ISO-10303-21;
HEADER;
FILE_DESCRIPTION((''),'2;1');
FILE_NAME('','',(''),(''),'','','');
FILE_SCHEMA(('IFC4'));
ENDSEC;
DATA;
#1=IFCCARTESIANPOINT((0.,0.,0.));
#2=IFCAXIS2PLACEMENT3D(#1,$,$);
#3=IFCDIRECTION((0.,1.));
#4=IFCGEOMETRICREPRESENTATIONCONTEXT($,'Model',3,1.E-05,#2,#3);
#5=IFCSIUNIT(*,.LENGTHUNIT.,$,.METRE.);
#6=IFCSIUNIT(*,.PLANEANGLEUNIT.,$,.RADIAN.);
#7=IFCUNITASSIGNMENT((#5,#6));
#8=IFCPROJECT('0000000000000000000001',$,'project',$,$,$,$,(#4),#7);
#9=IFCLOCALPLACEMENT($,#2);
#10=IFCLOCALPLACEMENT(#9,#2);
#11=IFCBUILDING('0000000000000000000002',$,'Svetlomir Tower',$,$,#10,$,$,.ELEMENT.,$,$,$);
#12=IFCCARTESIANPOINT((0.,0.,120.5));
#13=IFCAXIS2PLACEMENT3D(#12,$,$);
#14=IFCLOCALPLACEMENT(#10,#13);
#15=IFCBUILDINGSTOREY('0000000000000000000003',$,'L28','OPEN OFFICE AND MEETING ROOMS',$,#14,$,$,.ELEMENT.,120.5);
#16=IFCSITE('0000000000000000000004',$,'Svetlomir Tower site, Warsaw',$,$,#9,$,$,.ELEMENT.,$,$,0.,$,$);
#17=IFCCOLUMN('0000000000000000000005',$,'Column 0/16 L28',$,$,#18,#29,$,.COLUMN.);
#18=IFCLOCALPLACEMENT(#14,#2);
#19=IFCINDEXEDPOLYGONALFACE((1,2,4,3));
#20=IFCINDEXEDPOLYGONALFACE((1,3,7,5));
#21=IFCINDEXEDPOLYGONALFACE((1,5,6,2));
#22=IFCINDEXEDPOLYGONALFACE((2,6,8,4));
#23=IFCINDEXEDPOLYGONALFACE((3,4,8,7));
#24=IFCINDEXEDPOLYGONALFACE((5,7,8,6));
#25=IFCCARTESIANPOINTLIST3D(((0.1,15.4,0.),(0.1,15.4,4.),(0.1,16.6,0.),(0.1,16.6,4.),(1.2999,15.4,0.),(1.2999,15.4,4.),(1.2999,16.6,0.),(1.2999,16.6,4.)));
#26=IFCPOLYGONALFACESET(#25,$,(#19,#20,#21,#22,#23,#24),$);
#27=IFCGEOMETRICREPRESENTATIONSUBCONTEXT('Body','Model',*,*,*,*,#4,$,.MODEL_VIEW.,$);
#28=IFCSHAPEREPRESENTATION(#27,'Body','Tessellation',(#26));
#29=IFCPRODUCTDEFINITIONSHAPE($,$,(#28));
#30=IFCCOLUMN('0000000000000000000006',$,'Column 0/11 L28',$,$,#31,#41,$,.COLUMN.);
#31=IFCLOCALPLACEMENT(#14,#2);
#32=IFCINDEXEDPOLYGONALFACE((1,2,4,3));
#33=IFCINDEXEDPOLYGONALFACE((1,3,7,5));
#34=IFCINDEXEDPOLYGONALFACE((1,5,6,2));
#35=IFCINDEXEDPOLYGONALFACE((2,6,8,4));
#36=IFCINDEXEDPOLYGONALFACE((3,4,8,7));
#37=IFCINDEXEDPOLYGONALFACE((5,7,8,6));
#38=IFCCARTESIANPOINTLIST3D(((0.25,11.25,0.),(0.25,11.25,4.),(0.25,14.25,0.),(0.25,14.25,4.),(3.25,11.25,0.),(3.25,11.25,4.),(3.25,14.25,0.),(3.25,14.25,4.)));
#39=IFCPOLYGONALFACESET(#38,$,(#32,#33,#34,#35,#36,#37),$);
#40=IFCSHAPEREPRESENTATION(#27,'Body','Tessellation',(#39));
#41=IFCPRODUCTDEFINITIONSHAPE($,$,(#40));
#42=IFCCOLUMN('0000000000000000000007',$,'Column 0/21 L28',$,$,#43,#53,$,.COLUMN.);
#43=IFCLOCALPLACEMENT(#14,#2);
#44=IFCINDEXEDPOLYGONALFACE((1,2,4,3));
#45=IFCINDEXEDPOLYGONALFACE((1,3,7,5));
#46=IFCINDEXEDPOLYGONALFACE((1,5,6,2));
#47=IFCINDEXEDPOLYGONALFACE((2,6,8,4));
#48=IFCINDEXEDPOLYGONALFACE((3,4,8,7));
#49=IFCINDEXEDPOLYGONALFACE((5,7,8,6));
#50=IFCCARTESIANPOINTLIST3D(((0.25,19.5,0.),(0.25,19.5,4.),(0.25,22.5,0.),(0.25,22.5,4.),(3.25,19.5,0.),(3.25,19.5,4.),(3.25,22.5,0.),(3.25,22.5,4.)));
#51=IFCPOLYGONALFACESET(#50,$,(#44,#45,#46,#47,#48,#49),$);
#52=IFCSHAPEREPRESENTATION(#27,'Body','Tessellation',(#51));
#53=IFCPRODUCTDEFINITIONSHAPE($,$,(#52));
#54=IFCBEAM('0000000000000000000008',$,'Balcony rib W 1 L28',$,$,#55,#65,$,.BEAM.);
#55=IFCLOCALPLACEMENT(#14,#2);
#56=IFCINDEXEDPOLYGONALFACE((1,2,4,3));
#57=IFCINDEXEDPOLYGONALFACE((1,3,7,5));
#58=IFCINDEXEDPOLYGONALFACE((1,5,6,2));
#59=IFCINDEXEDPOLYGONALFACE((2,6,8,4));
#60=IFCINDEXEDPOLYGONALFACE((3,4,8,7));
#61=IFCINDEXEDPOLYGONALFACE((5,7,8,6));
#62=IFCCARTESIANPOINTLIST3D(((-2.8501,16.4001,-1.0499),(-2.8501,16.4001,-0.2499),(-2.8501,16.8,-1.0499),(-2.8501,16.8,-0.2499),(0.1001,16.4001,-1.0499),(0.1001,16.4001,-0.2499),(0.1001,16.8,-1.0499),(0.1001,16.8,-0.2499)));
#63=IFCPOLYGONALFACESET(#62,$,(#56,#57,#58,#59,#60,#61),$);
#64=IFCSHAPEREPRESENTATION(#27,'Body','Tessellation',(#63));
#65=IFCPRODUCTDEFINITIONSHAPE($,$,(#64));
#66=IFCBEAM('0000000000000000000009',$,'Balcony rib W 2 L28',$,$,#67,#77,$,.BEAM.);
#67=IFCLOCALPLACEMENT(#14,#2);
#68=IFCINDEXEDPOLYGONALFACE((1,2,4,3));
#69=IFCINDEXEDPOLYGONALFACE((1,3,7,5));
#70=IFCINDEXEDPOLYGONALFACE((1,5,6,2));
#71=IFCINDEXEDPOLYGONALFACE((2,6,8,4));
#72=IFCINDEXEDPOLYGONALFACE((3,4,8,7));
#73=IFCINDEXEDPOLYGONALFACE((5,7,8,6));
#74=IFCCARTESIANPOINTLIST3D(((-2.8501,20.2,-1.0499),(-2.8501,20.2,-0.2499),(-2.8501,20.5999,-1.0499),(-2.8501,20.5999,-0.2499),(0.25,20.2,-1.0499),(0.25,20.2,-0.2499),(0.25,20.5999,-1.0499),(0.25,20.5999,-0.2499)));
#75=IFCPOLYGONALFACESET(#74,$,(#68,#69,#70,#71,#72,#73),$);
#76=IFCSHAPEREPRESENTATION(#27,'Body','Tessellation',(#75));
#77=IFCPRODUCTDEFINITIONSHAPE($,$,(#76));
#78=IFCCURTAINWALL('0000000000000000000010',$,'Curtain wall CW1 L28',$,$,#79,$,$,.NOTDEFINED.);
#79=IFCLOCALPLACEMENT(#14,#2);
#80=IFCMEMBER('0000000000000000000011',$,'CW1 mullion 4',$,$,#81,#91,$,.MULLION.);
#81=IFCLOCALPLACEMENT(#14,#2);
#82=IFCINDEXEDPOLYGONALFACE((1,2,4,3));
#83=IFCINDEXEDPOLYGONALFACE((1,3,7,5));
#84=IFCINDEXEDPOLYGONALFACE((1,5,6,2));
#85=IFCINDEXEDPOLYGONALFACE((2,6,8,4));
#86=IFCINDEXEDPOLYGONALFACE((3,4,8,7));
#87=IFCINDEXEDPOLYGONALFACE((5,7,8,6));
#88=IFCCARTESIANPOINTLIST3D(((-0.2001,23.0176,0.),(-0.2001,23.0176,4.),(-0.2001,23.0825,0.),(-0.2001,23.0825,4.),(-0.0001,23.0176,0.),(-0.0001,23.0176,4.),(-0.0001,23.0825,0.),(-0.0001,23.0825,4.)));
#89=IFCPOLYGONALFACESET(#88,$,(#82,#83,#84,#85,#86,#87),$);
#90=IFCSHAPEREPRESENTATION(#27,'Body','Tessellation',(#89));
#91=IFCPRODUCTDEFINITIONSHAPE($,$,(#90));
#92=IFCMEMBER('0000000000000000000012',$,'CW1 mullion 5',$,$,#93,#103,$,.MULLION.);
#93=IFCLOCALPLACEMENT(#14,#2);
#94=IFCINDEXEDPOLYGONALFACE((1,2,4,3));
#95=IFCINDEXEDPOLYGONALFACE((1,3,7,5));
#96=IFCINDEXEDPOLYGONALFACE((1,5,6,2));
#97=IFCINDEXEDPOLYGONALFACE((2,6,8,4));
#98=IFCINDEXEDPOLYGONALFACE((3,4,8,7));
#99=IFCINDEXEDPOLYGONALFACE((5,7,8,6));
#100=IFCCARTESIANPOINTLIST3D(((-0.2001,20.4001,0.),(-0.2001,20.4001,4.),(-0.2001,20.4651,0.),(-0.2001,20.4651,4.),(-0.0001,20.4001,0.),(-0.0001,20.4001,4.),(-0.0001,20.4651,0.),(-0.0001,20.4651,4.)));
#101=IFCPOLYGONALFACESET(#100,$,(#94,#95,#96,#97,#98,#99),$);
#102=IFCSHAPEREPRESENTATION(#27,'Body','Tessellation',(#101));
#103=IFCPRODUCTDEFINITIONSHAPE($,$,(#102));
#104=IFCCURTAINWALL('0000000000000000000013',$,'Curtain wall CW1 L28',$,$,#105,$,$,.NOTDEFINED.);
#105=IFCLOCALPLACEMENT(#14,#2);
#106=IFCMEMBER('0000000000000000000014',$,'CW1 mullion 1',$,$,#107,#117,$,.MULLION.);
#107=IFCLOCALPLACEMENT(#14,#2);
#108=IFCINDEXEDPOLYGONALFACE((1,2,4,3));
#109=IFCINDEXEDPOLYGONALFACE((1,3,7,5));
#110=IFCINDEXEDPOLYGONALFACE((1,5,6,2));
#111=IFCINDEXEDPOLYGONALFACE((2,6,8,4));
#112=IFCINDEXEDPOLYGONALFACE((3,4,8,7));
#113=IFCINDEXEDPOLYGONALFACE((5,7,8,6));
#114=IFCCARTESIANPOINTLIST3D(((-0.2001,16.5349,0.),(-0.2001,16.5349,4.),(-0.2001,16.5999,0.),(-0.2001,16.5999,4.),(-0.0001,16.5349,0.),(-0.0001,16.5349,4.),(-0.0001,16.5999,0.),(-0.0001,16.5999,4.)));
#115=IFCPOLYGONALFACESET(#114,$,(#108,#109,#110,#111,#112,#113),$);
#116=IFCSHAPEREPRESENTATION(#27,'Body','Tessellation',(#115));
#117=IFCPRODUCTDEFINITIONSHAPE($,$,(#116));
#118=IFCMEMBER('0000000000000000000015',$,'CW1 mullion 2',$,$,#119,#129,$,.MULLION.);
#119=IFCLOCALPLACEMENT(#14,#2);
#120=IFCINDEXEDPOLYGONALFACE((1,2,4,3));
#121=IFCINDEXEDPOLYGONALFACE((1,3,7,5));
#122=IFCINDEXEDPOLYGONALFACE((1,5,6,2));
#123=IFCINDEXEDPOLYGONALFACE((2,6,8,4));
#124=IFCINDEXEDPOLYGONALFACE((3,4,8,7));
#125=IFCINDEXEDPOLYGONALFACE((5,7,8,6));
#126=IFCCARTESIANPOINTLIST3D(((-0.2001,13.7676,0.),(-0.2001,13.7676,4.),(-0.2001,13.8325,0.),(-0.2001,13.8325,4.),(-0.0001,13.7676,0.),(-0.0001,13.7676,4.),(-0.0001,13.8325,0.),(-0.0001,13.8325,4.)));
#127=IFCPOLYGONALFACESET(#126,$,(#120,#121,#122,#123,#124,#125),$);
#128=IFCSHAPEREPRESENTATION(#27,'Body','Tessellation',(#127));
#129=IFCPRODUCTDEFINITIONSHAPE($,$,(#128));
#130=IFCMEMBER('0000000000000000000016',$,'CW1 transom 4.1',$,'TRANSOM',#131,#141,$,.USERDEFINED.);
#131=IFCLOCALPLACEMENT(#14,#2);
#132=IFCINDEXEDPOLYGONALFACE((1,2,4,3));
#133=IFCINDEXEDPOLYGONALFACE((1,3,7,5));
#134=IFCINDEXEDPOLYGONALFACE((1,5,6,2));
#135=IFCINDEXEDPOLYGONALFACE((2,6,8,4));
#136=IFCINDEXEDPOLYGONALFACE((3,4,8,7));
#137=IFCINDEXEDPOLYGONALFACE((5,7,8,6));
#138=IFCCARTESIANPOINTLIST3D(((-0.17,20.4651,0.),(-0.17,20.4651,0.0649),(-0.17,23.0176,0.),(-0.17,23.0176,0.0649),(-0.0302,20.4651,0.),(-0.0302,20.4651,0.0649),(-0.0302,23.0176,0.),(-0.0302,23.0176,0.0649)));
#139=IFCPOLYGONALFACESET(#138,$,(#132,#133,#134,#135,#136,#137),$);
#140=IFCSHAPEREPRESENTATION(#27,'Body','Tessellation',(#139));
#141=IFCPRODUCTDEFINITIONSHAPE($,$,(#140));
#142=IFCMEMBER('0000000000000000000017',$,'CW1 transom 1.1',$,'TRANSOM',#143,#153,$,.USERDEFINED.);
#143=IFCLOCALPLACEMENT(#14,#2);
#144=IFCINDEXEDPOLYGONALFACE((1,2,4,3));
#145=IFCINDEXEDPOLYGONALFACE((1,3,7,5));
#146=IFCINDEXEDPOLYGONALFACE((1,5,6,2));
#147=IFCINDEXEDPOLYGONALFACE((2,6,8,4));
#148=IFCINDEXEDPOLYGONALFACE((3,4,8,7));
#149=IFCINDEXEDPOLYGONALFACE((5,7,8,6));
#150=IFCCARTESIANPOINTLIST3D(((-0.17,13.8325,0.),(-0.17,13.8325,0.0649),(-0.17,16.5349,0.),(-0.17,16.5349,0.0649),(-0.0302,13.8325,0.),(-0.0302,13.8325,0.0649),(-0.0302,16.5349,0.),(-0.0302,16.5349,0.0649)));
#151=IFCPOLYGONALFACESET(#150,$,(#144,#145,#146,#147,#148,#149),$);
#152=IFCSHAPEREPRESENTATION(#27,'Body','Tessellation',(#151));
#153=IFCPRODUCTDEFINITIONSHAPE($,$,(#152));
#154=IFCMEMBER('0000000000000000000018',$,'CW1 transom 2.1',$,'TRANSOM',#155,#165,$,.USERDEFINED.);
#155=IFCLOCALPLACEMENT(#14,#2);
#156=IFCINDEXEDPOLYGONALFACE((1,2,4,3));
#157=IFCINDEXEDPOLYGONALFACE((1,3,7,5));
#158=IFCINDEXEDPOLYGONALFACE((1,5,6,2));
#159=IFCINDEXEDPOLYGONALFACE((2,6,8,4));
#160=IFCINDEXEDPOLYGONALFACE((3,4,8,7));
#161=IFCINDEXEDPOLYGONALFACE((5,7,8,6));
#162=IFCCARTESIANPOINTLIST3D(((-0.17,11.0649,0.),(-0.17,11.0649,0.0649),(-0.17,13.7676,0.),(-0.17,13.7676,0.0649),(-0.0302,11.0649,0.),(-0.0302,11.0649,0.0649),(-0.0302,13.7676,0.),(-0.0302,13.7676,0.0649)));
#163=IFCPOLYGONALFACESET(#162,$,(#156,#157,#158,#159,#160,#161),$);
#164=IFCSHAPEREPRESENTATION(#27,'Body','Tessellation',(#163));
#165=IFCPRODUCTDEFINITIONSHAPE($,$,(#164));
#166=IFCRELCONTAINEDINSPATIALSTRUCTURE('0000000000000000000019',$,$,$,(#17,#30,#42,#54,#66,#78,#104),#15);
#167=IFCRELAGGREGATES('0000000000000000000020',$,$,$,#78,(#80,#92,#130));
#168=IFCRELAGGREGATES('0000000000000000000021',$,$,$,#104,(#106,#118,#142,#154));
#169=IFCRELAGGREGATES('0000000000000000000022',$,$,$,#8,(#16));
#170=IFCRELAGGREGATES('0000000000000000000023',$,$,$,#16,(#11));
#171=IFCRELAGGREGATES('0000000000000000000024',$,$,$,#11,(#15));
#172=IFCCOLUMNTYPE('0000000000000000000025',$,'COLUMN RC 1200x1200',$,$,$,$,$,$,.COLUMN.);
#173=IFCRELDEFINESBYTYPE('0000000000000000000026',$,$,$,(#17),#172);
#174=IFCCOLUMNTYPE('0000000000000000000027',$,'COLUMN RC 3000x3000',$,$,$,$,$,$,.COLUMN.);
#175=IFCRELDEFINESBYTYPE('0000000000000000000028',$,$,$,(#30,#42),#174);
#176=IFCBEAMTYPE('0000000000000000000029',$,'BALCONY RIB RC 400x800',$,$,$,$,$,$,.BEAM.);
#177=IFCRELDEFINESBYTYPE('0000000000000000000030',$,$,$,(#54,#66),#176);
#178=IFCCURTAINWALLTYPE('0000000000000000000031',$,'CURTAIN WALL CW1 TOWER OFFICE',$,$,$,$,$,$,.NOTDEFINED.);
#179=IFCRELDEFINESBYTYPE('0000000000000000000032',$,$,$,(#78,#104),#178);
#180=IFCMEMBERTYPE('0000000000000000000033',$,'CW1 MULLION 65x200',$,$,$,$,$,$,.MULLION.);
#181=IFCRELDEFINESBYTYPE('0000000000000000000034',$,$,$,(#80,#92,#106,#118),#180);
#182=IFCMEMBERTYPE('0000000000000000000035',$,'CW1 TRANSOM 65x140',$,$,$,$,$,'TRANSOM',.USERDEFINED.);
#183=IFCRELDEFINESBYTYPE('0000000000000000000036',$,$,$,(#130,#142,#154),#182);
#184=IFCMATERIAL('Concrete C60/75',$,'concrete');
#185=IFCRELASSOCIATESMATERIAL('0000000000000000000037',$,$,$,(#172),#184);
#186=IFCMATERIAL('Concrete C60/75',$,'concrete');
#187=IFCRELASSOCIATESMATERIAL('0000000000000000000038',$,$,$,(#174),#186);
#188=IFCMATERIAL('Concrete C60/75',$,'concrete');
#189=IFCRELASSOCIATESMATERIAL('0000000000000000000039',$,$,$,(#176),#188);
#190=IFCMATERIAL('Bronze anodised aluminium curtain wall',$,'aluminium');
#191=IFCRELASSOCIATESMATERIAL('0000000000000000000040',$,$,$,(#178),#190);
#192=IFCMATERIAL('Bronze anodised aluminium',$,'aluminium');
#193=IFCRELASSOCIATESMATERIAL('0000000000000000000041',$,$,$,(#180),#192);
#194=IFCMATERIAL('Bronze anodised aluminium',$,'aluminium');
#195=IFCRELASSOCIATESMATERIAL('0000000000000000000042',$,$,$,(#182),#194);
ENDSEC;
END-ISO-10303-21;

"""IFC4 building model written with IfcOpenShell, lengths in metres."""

from ifc_helpers import new_model, si_unit, direction, frame, origin, origin_2d, place, context, subcontext, project, spatial, rectangle, extrude, material, material_profile, profile_set, type_object, element, aggregate, save


model = new_model("IFC4")

# Units and contexts
model_context = context("Model", 3, precision=1e-05, world=origin(), true_north=direction((0.0, 1.0)))
body_context = subcontext(model_context, "Body", "Model", "MODEL_VIEW")
ifc_project = project(units=[si_unit("LENGTHUNIT", "METRE"), si_unit("PLANEANGLEUNIT", "RADIAN")], contexts=[model_context])

# Site, building, storey
site_placement = place(None, origin())
site = spatial("IfcSite", under=ifc_project, at=site_placement, Name="Svetlomir Tower site, Warsaw", CompositionType="ELEMENT", RefElevation=0.0)
building_placement = place(site_placement, origin())
building = spatial("IfcBuilding", under=site, at=building_placement, Name="Svetlomir Tower", CompositionType="ELEMENT")
storey_placement = place(building_placement, frame((0.0, 0.0, 120.5)))
storey = spatial("IfcBuildingStorey", under=building, at=storey_placement, Name="L28", Description="OPEN OFFICE AND MEETING ROOMS", CompositionType="ELEMENT", Elevation=120.5)

# Columns
ifc_material_1 = material(Name="Concrete C60/75", Category="concrete")
ifc_material_profile_1 = material_profile(ifc_material_1, rectangle(XDim=1.2, YDim=1.2, at=origin_2d()), Name="RC 1200x1200")
ifc_profile_set_1 = profile_set([ifc_material_profile_1], Name="Concrete C60/75")
column_type_1 = type_object("IfcColumnType", Name="COLUMN RC 1200x1200", PredefinedType="COLUMN", material=ifc_profile_set_1)
column_placement = place(storey_placement, frame((0.7, 16.0, 0.0), z_axis=(0.0, 0.0, 1.0), x_axis=(1.0, 0.0, 0.0)))
element("IfcColumn", 1, at=column_placement, inside=storey, type_object=column_type_1, Name="Column 0/16 L28", PredefinedType="COLUMN", context=body_context, shape_type="SweptSolid", body=[
    extrude(rectangle(XDim=1.2, YDim=1.2, at=origin_2d()), origin(), (0.0, 0.0, 1.0), 4.0),
])
ifc_material_2 = material(Name="Concrete C60/75", Category="concrete")
ifc_material_profile_2 = material_profile(ifc_material_2, rectangle(XDim=3.0, YDim=3.0, at=origin_2d()), Name="RC 3000x3000")
ifc_profile_set_2 = profile_set([ifc_material_profile_2], Name="Concrete C60/75")
column_type_2 = type_object("IfcColumnType", Name="COLUMN RC 3000x3000", PredefinedType="COLUMN", material=ifc_profile_set_2)
for number, where, z_axis, x_axis, name in (
    (2, (1.75, 12.75, 0.0), (0.0, 0.0, 1.0), (1.0, 0.0, 0.0), "Column 0/11 L28"),
    (3, (1.75, 21.0, 0.0), (0.0, 0.0, 1.0), (1.0, 0.0, 0.0), "Column 0/21 L28"),
):
    element("IfcColumn", number, at=place(storey_placement, frame(where, z_axis=z_axis, x_axis=x_axis)), inside=storey, type_object=column_type_2, Name=name, PredefinedType="COLUMN", context=body_context, shape_type="SweptSolid", body=[
        extrude(rectangle(XDim=3.0, YDim=3.0, at=origin_2d()), origin(), (0.0, 0.0, 1.0), 4.0),
    ])

# Beams
ifc_material_3 = material(Name="Concrete C60/75", Category="concrete")
ifc_material_profile_3 = material_profile(ifc_material_3, rectangle(XDim=0.3999, YDim=0.8, at=origin_2d()), Name="RC 400x800")
ifc_profile_set_3 = profile_set([ifc_material_profile_3], Name="Concrete C60/75")
beam_type_1 = type_object("IfcBeamType", Name="BALCONY RIB RC 400x800", PredefinedType="BEAM", material=ifc_profile_set_3)
beam_1_placement = place(storey_placement, frame((0.1001, 16.6001, -0.6499), z_axis=(-1.0, 0.0, 0.0), x_axis=(0.0, -1.0, 0.0)))
element("IfcBeam", 4, at=beam_1_placement, inside=storey, type_object=beam_type_1, Name="Balcony rib W 1 L28", PredefinedType="BEAM", context=body_context, shape_type="SweptSolid", body=[
    extrude(rectangle(XDim=0.3999, YDim=0.8, at=origin_2d()), origin(), (0.0, 0.0, 1.0), 2.9502),
])
beam_2_placement = place(storey_placement, frame((0.25, 20.3999, -0.6499), z_axis=(-1.0, 0.0, 0.0), x_axis=(0.0, -1.0, 0.0)))
element("IfcBeam", 5, at=beam_2_placement, inside=storey, type_object=beam_type_1, Name="Balcony rib W 2 L28", PredefinedType="BEAM", context=body_context, shape_type="SweptSolid", body=[
    extrude(rectangle(XDim=0.3999, YDim=0.8, at=origin_2d()), origin(), (0.0, 0.0, 1.0), 3.1001),
])

# Curtain walls, members
ifc_material_4 = material(Name="Bronze anodised aluminium curtain wall", Category="aluminium")
curtain_wall_type = type_object("IfcCurtainWallType", Name="CURTAIN WALL CW1 TOWER OFFICE", PredefinedType="NOTDEFINED", material=ifc_material_4)
curtain_wall_1_placement = place(storey_placement, origin())
curtain_wall_1 = element("IfcCurtainWall", 6, at=curtain_wall_1_placement, inside=storey, type_object=curtain_wall_type, Name="Curtain wall CW1 L28", PredefinedType="NOTDEFINED")
ifc_material_5 = material(Name="Bronze anodised aluminium", Category="aluminium")
ifc_material_profile_4 = material_profile(ifc_material_5, rectangle(XDim=0.0649, YDim=0.2, at=origin_2d()), Name="AL 65x200")
ifc_profile_set_4 = profile_set([ifc_material_profile_4], Name="Bronze anodised aluminium 6063-T6")
member_type_1 = type_object("IfcMemberType", Name="CW1 MULLION 65x200", PredefinedType="MULLION", material=ifc_profile_set_4)
member_1_placement = place(storey_placement, frame((-0.1001, 23.05, 0.0), z_axis=(0.0, 0.0, 1.0), x_axis=(0.0, -1.0, 0.0)))
member_1 = element("IfcMember", 7, at=member_1_placement, type_object=member_type_1, Name="CW1 mullion 4", PredefinedType="MULLION", context=body_context, shape_type="SweptSolid", body=[
    extrude(rectangle(XDim=0.0649, YDim=0.2, at=origin_2d()), origin(), (0.0, 0.0, 1.0), 4.0),
])
member_2_placement = place(storey_placement, frame((-0.1001, 20.4326, 0.0), z_axis=(0.0, 0.0, 1.0), x_axis=(0.0, -1.0, 0.0)))
member_2 = element("IfcMember", 8, at=member_2_placement, type_object=member_type_1, Name="CW1 mullion 5", PredefinedType="MULLION", context=body_context, shape_type="SweptSolid", body=[
    extrude(rectangle(XDim=0.0649, YDim=0.2, at=origin_2d()), origin(), (0.0, 0.0, 1.0), 4.0),
])
curtain_wall_2_placement = place(storey_placement, origin())
curtain_wall_2 = element("IfcCurtainWall", 9, at=curtain_wall_2_placement, inside=storey, type_object=curtain_wall_type, Name="Curtain wall CW1 L28", PredefinedType="NOTDEFINED")
member_3_placement = place(storey_placement, frame((-0.1001, 16.5674, 0.0), z_axis=(0.0, 0.0, 1.0), x_axis=(0.0, -1.0, 0.0)))
member_3 = element("IfcMember", 10, at=member_3_placement, type_object=member_type_1, Name="CW1 mullion 1", PredefinedType="MULLION", context=body_context, shape_type="SweptSolid", body=[
    extrude(rectangle(XDim=0.0649, YDim=0.2, at=origin_2d()), origin(), (0.0, 0.0, 1.0), 4.0),
])
member_4_placement = place(storey_placement, frame((-0.1001, 13.8, 0.0), z_axis=(0.0, 0.0, 1.0), x_axis=(0.0, -1.0, 0.0)))
member_4 = element("IfcMember", 11, at=member_4_placement, type_object=member_type_1, Name="CW1 mullion 2", PredefinedType="MULLION", context=body_context, shape_type="SweptSolid", body=[
    extrude(rectangle(XDim=0.0649, YDim=0.2, at=origin_2d()), origin(), (0.0, 0.0, 1.0), 4.0),
])

# Members
ifc_material_6 = material(Name="Bronze anodised aluminium", Category="aluminium")
ifc_material_profile_5 = material_profile(ifc_material_6, rectangle(XDim=0.1399, YDim=0.0649, at=origin_2d()), Name="AL 140x65")
ifc_profile_set_5 = profile_set([ifc_material_profile_5], Name="Bronze anodised aluminium 6063-T6")
member_type_2 = type_object("IfcMemberType", Name="CW1 TRANSOM 65x140", ElementType="TRANSOM", PredefinedType="USERDEFINED", material=ifc_profile_set_5)
member_5_placement = place(storey_placement, frame((-0.1001, 23.0176, 0.0325), z_axis=(0.0, -1.0, 0.0), x_axis=(1.0, 0.0, 0.0)))
member_5 = element("IfcMember", 12, at=member_5_placement, type_object=member_type_2, Name="CW1 transom 4.1", ObjectType="TRANSOM", PredefinedType="USERDEFINED", context=body_context, shape_type="SweptSolid", body=[
    extrude(rectangle(XDim=0.1399, YDim=0.0649, at=origin_2d()), origin(), (0.0, 0.0, 1.0), 2.5525),
])
member_6_placement = place(storey_placement, frame((-0.1001, 16.5349, 0.0325), z_axis=(0.0, -1.0, 0.0), x_axis=(1.0, 0.0, 0.0)))
member_6 = element("IfcMember", 13, at=member_6_placement, type_object=member_type_2, Name="CW1 transom 1.1", ObjectType="TRANSOM", PredefinedType="USERDEFINED", context=body_context, shape_type="SweptSolid", body=[
    extrude(rectangle(XDim=0.1399, YDim=0.0649, at=origin_2d()), origin(), (0.0, 0.0, 1.0), 2.7024),
])
member_7_placement = place(storey_placement, frame((-0.1001, 13.7676, 0.0325), z_axis=(0.0, -1.0, 0.0), x_axis=(1.0, 0.0, 0.0)))
member_7 = element("IfcMember", 14, at=member_7_placement, type_object=member_type_2, Name="CW1 transom 2.1", ObjectType="TRANSOM", PredefinedType="USERDEFINED", context=body_context, shape_type="SweptSolid", body=[
    extrude(rectangle(XDim=0.1399, YDim=0.0649, at=origin_2d()), origin(), (0.0, 0.0, 1.0), 2.7026),
])

aggregate(curtain_wall_1, [member_1, member_2, member_5])
aggregate(curtain_wall_2, [member_3, member_4, member_6, member_7])

save(model, "model.ifc")
